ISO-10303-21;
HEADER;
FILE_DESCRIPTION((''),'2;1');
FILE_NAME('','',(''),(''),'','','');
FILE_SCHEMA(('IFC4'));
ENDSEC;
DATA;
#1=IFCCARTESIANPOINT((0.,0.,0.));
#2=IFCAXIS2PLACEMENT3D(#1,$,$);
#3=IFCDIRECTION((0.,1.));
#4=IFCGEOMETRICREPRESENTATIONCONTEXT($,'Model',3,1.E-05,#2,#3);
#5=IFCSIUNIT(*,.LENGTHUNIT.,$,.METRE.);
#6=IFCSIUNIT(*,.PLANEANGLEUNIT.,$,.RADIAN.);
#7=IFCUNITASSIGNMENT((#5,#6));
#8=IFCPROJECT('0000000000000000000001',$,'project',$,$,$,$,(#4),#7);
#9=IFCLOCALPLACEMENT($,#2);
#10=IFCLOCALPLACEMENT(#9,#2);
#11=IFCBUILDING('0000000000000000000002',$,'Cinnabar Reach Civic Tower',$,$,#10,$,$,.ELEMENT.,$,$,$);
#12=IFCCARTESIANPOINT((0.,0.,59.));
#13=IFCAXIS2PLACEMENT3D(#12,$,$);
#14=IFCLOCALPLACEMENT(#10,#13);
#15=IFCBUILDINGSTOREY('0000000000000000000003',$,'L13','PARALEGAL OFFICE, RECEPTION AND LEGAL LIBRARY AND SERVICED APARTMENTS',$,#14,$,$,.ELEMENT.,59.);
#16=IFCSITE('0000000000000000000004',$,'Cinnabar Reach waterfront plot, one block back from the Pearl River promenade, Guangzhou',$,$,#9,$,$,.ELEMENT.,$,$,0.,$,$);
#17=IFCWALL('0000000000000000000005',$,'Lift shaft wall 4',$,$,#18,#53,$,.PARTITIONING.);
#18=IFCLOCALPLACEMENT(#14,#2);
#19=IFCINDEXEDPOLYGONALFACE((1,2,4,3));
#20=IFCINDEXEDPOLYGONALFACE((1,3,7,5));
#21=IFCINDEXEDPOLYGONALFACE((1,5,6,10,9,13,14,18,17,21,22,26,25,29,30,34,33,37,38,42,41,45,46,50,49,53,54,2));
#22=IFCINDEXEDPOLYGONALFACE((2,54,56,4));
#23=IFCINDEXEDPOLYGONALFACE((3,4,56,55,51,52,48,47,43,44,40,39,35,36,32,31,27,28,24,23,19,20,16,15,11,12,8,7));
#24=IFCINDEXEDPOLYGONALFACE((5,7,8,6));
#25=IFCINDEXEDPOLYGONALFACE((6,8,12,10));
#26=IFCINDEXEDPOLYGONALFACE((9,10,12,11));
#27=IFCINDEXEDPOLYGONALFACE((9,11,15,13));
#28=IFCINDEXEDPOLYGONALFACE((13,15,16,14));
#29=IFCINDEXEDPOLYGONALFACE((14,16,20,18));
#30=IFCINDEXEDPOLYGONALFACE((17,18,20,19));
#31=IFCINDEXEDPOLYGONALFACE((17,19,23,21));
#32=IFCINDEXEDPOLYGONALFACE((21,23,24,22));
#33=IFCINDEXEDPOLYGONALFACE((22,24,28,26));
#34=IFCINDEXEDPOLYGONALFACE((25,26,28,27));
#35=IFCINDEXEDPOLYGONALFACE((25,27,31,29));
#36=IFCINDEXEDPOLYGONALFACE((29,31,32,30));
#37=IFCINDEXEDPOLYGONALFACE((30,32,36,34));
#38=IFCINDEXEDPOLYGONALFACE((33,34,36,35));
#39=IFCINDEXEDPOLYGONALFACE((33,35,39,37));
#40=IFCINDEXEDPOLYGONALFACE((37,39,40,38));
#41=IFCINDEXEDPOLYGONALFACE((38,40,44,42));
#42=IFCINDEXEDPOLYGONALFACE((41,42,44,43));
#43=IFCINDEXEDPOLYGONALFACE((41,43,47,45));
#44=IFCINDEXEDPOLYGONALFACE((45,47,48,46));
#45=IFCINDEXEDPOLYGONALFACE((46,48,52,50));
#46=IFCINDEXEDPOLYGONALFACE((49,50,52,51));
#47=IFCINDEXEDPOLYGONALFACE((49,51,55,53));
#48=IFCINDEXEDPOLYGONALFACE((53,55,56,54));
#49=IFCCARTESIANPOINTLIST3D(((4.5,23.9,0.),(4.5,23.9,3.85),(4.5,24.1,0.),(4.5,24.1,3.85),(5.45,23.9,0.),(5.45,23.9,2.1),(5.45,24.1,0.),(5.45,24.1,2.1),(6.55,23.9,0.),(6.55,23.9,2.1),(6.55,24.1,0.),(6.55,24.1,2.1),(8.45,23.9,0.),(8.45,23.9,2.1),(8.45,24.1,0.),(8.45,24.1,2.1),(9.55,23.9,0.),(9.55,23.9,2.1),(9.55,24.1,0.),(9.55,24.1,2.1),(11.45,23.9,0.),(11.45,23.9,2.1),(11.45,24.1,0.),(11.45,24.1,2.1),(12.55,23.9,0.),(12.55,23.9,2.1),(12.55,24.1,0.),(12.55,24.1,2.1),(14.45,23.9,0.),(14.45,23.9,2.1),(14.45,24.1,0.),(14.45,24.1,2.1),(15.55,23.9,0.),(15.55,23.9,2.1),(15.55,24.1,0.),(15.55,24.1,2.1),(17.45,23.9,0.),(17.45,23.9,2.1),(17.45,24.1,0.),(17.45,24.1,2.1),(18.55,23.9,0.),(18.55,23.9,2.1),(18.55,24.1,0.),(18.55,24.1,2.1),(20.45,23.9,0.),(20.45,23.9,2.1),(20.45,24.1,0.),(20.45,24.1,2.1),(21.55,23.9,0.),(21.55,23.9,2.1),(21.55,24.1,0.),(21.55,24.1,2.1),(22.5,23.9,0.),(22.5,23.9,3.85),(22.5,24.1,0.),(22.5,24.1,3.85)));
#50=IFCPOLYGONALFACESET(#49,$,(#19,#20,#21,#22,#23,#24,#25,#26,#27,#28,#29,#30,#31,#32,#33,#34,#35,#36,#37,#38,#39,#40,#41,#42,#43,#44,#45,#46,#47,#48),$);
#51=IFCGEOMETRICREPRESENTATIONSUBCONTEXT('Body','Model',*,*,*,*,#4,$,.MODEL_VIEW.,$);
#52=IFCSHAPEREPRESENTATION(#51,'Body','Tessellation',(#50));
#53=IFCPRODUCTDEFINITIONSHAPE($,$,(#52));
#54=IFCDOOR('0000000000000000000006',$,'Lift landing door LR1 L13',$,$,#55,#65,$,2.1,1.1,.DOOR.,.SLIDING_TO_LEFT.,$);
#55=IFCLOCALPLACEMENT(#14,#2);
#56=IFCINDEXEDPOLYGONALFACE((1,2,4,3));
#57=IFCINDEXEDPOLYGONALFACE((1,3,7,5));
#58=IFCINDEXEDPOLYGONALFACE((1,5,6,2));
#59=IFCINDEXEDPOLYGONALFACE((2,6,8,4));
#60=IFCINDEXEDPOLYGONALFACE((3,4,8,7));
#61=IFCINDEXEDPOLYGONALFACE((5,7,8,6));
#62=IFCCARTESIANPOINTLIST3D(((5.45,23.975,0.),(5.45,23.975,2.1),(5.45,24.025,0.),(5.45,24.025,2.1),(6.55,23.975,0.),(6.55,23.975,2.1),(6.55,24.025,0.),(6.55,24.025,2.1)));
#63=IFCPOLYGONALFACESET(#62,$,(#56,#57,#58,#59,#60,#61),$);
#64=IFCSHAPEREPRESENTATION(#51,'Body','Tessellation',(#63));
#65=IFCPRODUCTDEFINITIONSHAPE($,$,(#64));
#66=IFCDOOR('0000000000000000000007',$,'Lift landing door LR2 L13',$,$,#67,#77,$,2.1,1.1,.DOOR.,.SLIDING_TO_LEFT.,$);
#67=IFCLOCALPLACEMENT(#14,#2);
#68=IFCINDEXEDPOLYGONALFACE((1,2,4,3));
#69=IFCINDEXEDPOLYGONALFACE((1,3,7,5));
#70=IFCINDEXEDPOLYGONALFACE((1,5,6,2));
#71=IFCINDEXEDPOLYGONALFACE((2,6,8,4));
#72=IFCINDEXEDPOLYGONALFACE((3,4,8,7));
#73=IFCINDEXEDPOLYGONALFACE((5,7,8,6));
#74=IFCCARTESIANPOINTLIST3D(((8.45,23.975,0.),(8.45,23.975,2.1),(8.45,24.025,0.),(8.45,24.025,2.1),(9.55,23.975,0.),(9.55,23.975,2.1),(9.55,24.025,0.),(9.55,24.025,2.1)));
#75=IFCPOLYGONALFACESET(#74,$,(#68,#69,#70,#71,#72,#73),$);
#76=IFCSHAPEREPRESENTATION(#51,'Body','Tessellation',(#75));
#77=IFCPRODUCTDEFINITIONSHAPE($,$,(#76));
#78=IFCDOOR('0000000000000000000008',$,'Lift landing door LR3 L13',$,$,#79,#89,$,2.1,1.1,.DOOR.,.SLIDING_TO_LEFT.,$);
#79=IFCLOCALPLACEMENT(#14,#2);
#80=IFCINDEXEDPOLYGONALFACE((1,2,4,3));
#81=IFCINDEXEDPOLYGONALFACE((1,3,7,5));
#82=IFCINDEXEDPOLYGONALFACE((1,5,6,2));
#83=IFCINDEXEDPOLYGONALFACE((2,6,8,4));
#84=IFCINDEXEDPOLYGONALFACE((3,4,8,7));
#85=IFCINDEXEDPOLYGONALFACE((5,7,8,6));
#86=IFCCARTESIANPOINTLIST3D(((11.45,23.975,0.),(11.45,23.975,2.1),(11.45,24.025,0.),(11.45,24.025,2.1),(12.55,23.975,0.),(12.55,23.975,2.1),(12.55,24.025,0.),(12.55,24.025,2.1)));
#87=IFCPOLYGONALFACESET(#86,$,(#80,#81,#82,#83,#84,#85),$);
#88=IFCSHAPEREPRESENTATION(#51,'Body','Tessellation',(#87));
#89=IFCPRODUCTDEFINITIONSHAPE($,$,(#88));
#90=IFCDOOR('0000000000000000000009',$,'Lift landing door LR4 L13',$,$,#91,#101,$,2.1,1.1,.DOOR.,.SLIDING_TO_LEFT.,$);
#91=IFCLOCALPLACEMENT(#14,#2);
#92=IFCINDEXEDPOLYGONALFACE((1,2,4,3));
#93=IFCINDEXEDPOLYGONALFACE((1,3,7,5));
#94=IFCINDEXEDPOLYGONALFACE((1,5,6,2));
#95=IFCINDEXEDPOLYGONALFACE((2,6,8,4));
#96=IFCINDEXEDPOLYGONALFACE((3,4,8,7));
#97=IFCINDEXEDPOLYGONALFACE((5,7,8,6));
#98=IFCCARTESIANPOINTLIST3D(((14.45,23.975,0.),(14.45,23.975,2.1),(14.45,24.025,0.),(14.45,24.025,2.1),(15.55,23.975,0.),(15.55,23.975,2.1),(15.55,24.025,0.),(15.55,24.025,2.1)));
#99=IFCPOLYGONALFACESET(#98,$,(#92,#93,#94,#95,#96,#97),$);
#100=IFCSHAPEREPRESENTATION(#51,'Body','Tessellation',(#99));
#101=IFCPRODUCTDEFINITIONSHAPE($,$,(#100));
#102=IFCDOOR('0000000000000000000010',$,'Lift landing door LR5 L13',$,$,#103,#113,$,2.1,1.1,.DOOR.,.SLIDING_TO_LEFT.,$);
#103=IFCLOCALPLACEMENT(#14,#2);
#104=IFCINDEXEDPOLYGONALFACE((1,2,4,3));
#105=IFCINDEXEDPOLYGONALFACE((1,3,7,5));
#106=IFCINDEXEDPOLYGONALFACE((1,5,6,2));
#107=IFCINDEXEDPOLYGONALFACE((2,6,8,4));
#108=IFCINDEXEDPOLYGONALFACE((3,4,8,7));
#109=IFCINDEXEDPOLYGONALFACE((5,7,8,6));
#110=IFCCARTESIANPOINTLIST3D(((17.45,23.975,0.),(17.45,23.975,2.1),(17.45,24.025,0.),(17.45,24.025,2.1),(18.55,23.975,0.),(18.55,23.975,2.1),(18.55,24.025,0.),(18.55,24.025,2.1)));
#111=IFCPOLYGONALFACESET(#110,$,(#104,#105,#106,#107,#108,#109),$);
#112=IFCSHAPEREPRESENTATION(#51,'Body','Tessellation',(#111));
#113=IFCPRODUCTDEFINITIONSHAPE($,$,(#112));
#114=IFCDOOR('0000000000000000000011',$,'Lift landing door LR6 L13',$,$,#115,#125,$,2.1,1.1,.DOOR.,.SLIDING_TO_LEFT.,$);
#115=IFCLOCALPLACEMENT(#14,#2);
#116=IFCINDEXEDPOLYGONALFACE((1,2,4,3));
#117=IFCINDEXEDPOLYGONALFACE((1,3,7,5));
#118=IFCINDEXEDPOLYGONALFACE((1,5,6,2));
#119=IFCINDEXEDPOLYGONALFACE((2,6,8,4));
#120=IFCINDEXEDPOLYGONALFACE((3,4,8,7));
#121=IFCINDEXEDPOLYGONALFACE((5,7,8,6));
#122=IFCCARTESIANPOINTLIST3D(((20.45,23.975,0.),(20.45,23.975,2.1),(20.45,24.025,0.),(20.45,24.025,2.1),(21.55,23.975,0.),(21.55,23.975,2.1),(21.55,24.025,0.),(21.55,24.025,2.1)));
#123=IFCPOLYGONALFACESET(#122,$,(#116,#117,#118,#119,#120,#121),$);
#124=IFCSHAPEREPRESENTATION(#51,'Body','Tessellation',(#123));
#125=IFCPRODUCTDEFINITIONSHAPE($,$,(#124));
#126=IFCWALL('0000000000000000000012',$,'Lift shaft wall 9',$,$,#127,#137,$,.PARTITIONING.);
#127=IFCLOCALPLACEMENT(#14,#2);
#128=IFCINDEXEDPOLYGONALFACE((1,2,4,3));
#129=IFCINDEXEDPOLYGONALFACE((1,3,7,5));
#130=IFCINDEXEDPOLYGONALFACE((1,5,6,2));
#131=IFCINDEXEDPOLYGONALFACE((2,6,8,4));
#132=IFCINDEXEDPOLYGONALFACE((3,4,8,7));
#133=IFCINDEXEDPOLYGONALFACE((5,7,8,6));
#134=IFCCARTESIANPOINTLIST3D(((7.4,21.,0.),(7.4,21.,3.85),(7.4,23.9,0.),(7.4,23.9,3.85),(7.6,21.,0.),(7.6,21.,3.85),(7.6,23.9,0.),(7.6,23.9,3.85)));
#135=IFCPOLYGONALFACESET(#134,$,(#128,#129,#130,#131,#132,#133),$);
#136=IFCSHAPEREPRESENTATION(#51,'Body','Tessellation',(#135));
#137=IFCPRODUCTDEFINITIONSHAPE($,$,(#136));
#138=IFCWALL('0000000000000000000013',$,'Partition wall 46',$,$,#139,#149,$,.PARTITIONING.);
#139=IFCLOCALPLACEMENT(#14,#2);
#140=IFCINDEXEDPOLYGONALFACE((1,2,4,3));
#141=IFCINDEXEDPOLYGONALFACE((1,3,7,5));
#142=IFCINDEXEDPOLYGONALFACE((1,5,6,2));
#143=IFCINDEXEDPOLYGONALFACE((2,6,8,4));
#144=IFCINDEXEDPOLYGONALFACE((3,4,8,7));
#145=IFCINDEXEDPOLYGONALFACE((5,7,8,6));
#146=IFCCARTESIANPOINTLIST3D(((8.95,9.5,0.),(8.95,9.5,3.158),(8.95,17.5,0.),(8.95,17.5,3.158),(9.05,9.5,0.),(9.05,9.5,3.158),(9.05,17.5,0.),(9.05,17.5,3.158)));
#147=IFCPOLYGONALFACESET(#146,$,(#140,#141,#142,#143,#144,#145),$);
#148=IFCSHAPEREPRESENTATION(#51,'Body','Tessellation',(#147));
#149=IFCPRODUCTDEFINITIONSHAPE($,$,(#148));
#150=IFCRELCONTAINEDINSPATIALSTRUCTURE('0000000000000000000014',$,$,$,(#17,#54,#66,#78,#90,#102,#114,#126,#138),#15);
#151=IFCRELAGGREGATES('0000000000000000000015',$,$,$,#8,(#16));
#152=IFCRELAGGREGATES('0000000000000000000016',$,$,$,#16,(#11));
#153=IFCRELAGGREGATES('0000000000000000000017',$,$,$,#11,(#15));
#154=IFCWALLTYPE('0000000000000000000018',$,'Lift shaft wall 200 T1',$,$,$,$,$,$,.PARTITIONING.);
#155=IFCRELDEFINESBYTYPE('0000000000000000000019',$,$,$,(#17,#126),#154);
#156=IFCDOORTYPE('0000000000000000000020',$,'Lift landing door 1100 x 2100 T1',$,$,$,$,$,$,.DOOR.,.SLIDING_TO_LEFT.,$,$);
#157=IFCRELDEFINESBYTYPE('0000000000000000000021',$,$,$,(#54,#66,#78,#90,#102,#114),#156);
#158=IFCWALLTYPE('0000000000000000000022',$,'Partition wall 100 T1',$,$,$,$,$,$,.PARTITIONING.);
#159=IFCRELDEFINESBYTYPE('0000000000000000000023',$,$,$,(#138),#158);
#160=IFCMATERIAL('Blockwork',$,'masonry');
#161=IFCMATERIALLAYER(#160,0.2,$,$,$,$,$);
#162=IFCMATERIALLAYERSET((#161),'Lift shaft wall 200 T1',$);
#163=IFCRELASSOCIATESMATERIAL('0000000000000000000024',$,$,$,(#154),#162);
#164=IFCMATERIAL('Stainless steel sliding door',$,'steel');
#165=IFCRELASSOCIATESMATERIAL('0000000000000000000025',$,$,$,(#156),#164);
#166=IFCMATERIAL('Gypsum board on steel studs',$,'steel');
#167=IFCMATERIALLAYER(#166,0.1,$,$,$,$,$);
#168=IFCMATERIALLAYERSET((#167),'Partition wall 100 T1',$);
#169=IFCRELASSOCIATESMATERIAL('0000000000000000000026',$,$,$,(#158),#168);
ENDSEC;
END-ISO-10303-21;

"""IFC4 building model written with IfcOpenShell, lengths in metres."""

from ifc_helpers import new_model, si_unit, direction, frame, frame_2d, origin, place, context, subcontext, project, spatial, rectangle, extrude, material, layer, layer_set, type_object, element, fill, save


model = new_model("IFC4")

# Units and contexts
model_context = context("Model", 3, precision=1e-05, world=origin(), true_north=direction((0.0, 1.0)))
body_context = subcontext(model_context, "Body", "Model", "MODEL_VIEW")
ifc_project = project(units=[si_unit("LENGTHUNIT", "METRE"), si_unit("PLANEANGLEUNIT", "RADIAN")], contexts=[model_context])

# Site, building, storey
site_placement = place(None, origin())
site = spatial("IfcSite", under=ifc_project, at=site_placement, Name="Cinnabar Reach waterfront plot, one block back from the Pearl River promenade, Guangzhou", CompositionType="ELEMENT", RefElevation=0.0)
building_placement = place(site_placement, origin())
building = spatial("IfcBuilding", under=site, at=building_placement, Name="Cinnabar Reach Civic Tower", CompositionType="ELEMENT")
storey_placement = place(building_placement, frame((0.0, 0.0, 59.0)))
storey = spatial("IfcBuildingStorey", under=building, at=storey_placement, Name="L13", Description="PARALEGAL OFFICE, RECEPTION AND LEGAL LIBRARY AND SERVICED APARTMENTS", CompositionType="ELEMENT", Elevation=59.0)

# Wall, openings, doors
ifc_material_1 = material(Name="Blockwork", Category="masonry")
ifc_layer_1 = layer(ifc_material_1, 0.2)
ifc_layer_set_1 = layer_set([ifc_layer_1], Name="Lift shaft wall 200 T1")
wall_type_1 = type_object("IfcWallType", Name="Lift shaft wall 200 T1", PredefinedType="PARTITIONING", material=ifc_layer_set_1)
wall_1_placement = place(storey_placement, frame((4.5, 24.0, 0.0), z_axis=(0.0, 0.0, 1.0), x_axis=(1.0, 0.0, 0.0)))
wall_1 = element("IfcWall", 1, at=wall_1_placement, inside=storey, type_object=wall_type_1, Name="Lift shaft wall 4", PredefinedType="PARTITIONING", context=body_context, shape_type="SweptSolid", body=[
    extrude(rectangle(XDim=18.0, YDim=0.2, at=frame_2d((9.0, 0.0))), origin(), (0.0, 0.0, 1.0), 3.85),
])
opening_1_placement = place(wall_1_placement, frame((0.95, 0.0, 0.0)))
opening_1 = element("IfcOpeningElement", 2, at=opening_1_placement, cuts=wall_1, PredefinedType="OPENING", context=body_context, shape_type="SweptSolid", body=[
    extrude(rectangle(XDim=1.1, YDim=2.1, at=frame_2d((0.55, 1.05))), frame((0.0, 0.11, 0.0), z_axis=(0.0, -1.0, 0.0), x_axis=(1.0, 0.0, 0.0)), (0.0, 0.0, 1.0), 0.22),
])
opening_2_placement = place(wall_1_placement, frame((3.95, 0.0, 0.0)))
opening_2 = element("IfcOpeningElement", 3, at=opening_2_placement, cuts=wall_1, PredefinedType="OPENING", context=body_context, shape_type="SweptSolid", body=[
    extrude(rectangle(XDim=1.1, YDim=2.1, at=frame_2d((0.55, 1.05))), frame((0.0, 0.11, 0.0), z_axis=(0.0, -1.0, 0.0), x_axis=(1.0, 0.0, 0.0)), (0.0, 0.0, 1.0), 0.22),
])
opening_3_placement = place(wall_1_placement, frame((6.95, 0.0, 0.0)))
opening_3 = element("IfcOpeningElement", 4, at=opening_3_placement, cuts=wall_1, PredefinedType="OPENING", context=body_context, shape_type="SweptSolid", body=[
    extrude(rectangle(XDim=1.1, YDim=2.1, at=frame_2d((0.55, 1.05))), frame((0.0, 0.11, 0.0), z_axis=(0.0, -1.0, 0.0), x_axis=(1.0, 0.0, 0.0)), (0.0, 0.0, 1.0), 0.22),
])
opening_4_placement = place(wall_1_placement, frame((9.95, 0.0, 0.0)))
opening_4 = element("IfcOpeningElement", 5, at=opening_4_placement, cuts=wall_1, PredefinedType="OPENING", context=body_context, shape_type="SweptSolid", body=[
    extrude(rectangle(XDim=1.1, YDim=2.1, at=frame_2d((0.55, 1.05))), frame((0.0, 0.11, 0.0), z_axis=(0.0, -1.0, 0.0), x_axis=(1.0, 0.0, 0.0)), (0.0, 0.0, 1.0), 0.22),
])
opening_5_placement = place(wall_1_placement, frame((12.95, 0.0, 0.0)))
opening_5 = element("IfcOpeningElement", 6, at=opening_5_placement, cuts=wall_1, PredefinedType="OPENING", context=body_context, shape_type="SweptSolid", body=[
    extrude(rectangle(XDim=1.1, YDim=2.1, at=frame_2d((0.55, 1.05))), frame((0.0, 0.11, 0.0), z_axis=(0.0, -1.0, 0.0), x_axis=(1.0, 0.0, 0.0)), (0.0, 0.0, 1.0), 0.22),
])
opening_6_placement = place(wall_1_placement, frame((15.95, 0.0, 0.0)))
opening_6 = element("IfcOpeningElement", 7, at=opening_6_placement, cuts=wall_1, PredefinedType="OPENING", context=body_context, shape_type="SweptSolid", body=[
    extrude(rectangle(XDim=1.1, YDim=2.1, at=frame_2d((0.55, 1.05))), frame((0.0, 0.11, 0.0), z_axis=(0.0, -1.0, 0.0), x_axis=(1.0, 0.0, 0.0)), (0.0, 0.0, 1.0), 0.22),
])
ifc_material_2 = material(Name="Stainless steel sliding door", Category="steel")
door_type_1 = type_object("IfcDoorType", Name="Lift landing door 1100 x 2100 T1", OperationType="SLIDING_TO_LEFT", PredefinedType="DOOR", material=ifc_material_2)
door_1_placement = place(opening_1_placement, origin())
door_1 = element("IfcDoor", 8, at=door_1_placement, inside=storey, type_object=door_type_1, Name="Lift landing door LR1 L13", OperationType="SLIDING_TO_LEFT", OverallHeight=2.1, OverallWidth=1.1, PredefinedType="DOOR", context=body_context, shape_type="SweptSolid", body=[
    extrude(rectangle(XDim=1.1, YDim=2.1, at=frame_2d((0.55, 1.05))), frame((0.0, 0.025, 0.0), z_axis=(0.0, -1.0, 0.0), x_axis=(1.0, 0.0, 0.0)), (0.0, 0.0, 1.0), 0.05),
])
fill(opening_1, door_1)
door_2_placement = place(opening_2_placement, origin())
door_2 = element("IfcDoor", 9, at=door_2_placement, inside=storey, type_object=door_type_1, Name="Lift landing door LR2 L13", OperationType="SLIDING_TO_LEFT", OverallHeight=2.1, OverallWidth=1.1, PredefinedType="DOOR", context=body_context, shape_type="SweptSolid", body=[
    extrude(rectangle(XDim=1.1, YDim=2.1, at=frame_2d((0.55, 1.05))), frame((0.0, 0.025, 0.0), z_axis=(0.0, -1.0, 0.0), x_axis=(1.0, 0.0, 0.0)), (0.0, 0.0, 1.0), 0.05),
])
fill(opening_2, door_2)
door_3_placement = place(opening_3_placement, origin())
door_3 = element("IfcDoor", 10, at=door_3_placement, inside=storey, type_object=door_type_1, Name="Lift landing door LR3 L13", OperationType="SLIDING_TO_LEFT", OverallHeight=2.1, OverallWidth=1.1, PredefinedType="DOOR", context=body_context, shape_type="SweptSolid", body=[
    extrude(rectangle(XDim=1.1, YDim=2.1, at=frame_2d((0.55, 1.05))), frame((0.0, 0.025, 0.0), z_axis=(0.0, -1.0, 0.0), x_axis=(1.0, 0.0, 0.0)), (0.0, 0.0, 1.0), 0.05),
])
fill(opening_3, door_3)
door_4_placement = place(opening_4_placement, origin())
door_4 = element("IfcDoor", 11, at=door_4_placement, inside=storey, type_object=door_type_1, Name="Lift landing door LR4 L13", OperationType="SLIDING_TO_LEFT", OverallHeight=2.1, OverallWidth=1.1, PredefinedType="DOOR", context=body_context, shape_type="SweptSolid", body=[
    extrude(rectangle(XDim=1.1, YDim=2.1, at=frame_2d((0.55, 1.05))), frame((0.0, 0.025, 0.0), z_axis=(0.0, -1.0, 0.0), x_axis=(1.0, 0.0, 0.0)), (0.0, 0.0, 1.0), 0.05),
])
fill(opening_4, door_4)
door_5_placement = place(opening_5_placement, origin())
door_5 = element("IfcDoor", 12, at=door_5_placement, inside=storey, type_object=door_type_1, Name="Lift landing door LR5 L13", OperationType="SLIDING_TO_LEFT", OverallHeight=2.1, OverallWidth=1.1, PredefinedType="DOOR", context=body_context, shape_type="SweptSolid", body=[
    extrude(rectangle(XDim=1.1, YDim=2.1, at=frame_2d((0.55, 1.05))), frame((0.0, 0.025, 0.0), z_axis=(0.0, -1.0, 0.0), x_axis=(1.0, 0.0, 0.0)), (0.0, 0.0, 1.0), 0.05),
])
fill(opening_5, door_5)
door_6_placement = place(opening_6_placement, origin())
door_6 = element("IfcDoor", 13, at=door_6_placement, inside=storey, type_object=door_type_1, Name="Lift landing door LR6 L13", OperationType="SLIDING_TO_LEFT", OverallHeight=2.1, OverallWidth=1.1, PredefinedType="DOOR", context=body_context, shape_type="SweptSolid", body=[
    extrude(rectangle(XDim=1.1, YDim=2.1, at=frame_2d((0.55, 1.05))), frame((0.0, 0.025, 0.0), z_axis=(0.0, -1.0, 0.0), x_axis=(1.0, 0.0, 0.0)), (0.0, 0.0, 1.0), 0.05),
])
fill(opening_6, door_6)

# Walls
wall_2_placement = place(storey_placement, frame((7.5, 21.0, 0.0), z_axis=(0.0, 0.0, 1.0), x_axis=(0.0, 1.0, 0.0)))
element("IfcWall", 14, at=wall_2_placement, inside=storey, type_object=wall_type_1, Name="Lift shaft wall 9", PredefinedType="PARTITIONING", context=body_context, shape_type="SweptSolid", body=[
    extrude(rectangle(XDim=2.9, YDim=0.2, at=frame_2d((1.45, 0.0))), origin(), (0.0, 0.0, 1.0), 3.85),
])
ifc_material_3 = material(Name="Gypsum board on steel studs", Category="steel")
ifc_layer_2 = layer(ifc_material_3, 0.1)
ifc_layer_set_2 = layer_set([ifc_layer_2], Name="Partition wall 100 T1")
wall_type_2 = type_object("IfcWallType", Name="Partition wall 100 T1", PredefinedType="PARTITIONING", material=ifc_layer_set_2)
wall_3_placement = place(storey_placement, frame((9.0, 9.5, 0.0), z_axis=(0.0, 0.0, 1.0), x_axis=(0.0, 1.0, 0.0)))
element("IfcWall", 15, at=wall_3_placement, inside=storey, type_object=wall_type_2, Name="Partition wall 46", PredefinedType="PARTITIONING", context=body_context, shape_type="SweptSolid", body=[
    extrude(rectangle(XDim=8.0, YDim=0.1, at=frame_2d((4.0, 0.0))), origin(), (0.0, 0.0, 1.0), 3.158),
])

save(model, "model.ifc")
